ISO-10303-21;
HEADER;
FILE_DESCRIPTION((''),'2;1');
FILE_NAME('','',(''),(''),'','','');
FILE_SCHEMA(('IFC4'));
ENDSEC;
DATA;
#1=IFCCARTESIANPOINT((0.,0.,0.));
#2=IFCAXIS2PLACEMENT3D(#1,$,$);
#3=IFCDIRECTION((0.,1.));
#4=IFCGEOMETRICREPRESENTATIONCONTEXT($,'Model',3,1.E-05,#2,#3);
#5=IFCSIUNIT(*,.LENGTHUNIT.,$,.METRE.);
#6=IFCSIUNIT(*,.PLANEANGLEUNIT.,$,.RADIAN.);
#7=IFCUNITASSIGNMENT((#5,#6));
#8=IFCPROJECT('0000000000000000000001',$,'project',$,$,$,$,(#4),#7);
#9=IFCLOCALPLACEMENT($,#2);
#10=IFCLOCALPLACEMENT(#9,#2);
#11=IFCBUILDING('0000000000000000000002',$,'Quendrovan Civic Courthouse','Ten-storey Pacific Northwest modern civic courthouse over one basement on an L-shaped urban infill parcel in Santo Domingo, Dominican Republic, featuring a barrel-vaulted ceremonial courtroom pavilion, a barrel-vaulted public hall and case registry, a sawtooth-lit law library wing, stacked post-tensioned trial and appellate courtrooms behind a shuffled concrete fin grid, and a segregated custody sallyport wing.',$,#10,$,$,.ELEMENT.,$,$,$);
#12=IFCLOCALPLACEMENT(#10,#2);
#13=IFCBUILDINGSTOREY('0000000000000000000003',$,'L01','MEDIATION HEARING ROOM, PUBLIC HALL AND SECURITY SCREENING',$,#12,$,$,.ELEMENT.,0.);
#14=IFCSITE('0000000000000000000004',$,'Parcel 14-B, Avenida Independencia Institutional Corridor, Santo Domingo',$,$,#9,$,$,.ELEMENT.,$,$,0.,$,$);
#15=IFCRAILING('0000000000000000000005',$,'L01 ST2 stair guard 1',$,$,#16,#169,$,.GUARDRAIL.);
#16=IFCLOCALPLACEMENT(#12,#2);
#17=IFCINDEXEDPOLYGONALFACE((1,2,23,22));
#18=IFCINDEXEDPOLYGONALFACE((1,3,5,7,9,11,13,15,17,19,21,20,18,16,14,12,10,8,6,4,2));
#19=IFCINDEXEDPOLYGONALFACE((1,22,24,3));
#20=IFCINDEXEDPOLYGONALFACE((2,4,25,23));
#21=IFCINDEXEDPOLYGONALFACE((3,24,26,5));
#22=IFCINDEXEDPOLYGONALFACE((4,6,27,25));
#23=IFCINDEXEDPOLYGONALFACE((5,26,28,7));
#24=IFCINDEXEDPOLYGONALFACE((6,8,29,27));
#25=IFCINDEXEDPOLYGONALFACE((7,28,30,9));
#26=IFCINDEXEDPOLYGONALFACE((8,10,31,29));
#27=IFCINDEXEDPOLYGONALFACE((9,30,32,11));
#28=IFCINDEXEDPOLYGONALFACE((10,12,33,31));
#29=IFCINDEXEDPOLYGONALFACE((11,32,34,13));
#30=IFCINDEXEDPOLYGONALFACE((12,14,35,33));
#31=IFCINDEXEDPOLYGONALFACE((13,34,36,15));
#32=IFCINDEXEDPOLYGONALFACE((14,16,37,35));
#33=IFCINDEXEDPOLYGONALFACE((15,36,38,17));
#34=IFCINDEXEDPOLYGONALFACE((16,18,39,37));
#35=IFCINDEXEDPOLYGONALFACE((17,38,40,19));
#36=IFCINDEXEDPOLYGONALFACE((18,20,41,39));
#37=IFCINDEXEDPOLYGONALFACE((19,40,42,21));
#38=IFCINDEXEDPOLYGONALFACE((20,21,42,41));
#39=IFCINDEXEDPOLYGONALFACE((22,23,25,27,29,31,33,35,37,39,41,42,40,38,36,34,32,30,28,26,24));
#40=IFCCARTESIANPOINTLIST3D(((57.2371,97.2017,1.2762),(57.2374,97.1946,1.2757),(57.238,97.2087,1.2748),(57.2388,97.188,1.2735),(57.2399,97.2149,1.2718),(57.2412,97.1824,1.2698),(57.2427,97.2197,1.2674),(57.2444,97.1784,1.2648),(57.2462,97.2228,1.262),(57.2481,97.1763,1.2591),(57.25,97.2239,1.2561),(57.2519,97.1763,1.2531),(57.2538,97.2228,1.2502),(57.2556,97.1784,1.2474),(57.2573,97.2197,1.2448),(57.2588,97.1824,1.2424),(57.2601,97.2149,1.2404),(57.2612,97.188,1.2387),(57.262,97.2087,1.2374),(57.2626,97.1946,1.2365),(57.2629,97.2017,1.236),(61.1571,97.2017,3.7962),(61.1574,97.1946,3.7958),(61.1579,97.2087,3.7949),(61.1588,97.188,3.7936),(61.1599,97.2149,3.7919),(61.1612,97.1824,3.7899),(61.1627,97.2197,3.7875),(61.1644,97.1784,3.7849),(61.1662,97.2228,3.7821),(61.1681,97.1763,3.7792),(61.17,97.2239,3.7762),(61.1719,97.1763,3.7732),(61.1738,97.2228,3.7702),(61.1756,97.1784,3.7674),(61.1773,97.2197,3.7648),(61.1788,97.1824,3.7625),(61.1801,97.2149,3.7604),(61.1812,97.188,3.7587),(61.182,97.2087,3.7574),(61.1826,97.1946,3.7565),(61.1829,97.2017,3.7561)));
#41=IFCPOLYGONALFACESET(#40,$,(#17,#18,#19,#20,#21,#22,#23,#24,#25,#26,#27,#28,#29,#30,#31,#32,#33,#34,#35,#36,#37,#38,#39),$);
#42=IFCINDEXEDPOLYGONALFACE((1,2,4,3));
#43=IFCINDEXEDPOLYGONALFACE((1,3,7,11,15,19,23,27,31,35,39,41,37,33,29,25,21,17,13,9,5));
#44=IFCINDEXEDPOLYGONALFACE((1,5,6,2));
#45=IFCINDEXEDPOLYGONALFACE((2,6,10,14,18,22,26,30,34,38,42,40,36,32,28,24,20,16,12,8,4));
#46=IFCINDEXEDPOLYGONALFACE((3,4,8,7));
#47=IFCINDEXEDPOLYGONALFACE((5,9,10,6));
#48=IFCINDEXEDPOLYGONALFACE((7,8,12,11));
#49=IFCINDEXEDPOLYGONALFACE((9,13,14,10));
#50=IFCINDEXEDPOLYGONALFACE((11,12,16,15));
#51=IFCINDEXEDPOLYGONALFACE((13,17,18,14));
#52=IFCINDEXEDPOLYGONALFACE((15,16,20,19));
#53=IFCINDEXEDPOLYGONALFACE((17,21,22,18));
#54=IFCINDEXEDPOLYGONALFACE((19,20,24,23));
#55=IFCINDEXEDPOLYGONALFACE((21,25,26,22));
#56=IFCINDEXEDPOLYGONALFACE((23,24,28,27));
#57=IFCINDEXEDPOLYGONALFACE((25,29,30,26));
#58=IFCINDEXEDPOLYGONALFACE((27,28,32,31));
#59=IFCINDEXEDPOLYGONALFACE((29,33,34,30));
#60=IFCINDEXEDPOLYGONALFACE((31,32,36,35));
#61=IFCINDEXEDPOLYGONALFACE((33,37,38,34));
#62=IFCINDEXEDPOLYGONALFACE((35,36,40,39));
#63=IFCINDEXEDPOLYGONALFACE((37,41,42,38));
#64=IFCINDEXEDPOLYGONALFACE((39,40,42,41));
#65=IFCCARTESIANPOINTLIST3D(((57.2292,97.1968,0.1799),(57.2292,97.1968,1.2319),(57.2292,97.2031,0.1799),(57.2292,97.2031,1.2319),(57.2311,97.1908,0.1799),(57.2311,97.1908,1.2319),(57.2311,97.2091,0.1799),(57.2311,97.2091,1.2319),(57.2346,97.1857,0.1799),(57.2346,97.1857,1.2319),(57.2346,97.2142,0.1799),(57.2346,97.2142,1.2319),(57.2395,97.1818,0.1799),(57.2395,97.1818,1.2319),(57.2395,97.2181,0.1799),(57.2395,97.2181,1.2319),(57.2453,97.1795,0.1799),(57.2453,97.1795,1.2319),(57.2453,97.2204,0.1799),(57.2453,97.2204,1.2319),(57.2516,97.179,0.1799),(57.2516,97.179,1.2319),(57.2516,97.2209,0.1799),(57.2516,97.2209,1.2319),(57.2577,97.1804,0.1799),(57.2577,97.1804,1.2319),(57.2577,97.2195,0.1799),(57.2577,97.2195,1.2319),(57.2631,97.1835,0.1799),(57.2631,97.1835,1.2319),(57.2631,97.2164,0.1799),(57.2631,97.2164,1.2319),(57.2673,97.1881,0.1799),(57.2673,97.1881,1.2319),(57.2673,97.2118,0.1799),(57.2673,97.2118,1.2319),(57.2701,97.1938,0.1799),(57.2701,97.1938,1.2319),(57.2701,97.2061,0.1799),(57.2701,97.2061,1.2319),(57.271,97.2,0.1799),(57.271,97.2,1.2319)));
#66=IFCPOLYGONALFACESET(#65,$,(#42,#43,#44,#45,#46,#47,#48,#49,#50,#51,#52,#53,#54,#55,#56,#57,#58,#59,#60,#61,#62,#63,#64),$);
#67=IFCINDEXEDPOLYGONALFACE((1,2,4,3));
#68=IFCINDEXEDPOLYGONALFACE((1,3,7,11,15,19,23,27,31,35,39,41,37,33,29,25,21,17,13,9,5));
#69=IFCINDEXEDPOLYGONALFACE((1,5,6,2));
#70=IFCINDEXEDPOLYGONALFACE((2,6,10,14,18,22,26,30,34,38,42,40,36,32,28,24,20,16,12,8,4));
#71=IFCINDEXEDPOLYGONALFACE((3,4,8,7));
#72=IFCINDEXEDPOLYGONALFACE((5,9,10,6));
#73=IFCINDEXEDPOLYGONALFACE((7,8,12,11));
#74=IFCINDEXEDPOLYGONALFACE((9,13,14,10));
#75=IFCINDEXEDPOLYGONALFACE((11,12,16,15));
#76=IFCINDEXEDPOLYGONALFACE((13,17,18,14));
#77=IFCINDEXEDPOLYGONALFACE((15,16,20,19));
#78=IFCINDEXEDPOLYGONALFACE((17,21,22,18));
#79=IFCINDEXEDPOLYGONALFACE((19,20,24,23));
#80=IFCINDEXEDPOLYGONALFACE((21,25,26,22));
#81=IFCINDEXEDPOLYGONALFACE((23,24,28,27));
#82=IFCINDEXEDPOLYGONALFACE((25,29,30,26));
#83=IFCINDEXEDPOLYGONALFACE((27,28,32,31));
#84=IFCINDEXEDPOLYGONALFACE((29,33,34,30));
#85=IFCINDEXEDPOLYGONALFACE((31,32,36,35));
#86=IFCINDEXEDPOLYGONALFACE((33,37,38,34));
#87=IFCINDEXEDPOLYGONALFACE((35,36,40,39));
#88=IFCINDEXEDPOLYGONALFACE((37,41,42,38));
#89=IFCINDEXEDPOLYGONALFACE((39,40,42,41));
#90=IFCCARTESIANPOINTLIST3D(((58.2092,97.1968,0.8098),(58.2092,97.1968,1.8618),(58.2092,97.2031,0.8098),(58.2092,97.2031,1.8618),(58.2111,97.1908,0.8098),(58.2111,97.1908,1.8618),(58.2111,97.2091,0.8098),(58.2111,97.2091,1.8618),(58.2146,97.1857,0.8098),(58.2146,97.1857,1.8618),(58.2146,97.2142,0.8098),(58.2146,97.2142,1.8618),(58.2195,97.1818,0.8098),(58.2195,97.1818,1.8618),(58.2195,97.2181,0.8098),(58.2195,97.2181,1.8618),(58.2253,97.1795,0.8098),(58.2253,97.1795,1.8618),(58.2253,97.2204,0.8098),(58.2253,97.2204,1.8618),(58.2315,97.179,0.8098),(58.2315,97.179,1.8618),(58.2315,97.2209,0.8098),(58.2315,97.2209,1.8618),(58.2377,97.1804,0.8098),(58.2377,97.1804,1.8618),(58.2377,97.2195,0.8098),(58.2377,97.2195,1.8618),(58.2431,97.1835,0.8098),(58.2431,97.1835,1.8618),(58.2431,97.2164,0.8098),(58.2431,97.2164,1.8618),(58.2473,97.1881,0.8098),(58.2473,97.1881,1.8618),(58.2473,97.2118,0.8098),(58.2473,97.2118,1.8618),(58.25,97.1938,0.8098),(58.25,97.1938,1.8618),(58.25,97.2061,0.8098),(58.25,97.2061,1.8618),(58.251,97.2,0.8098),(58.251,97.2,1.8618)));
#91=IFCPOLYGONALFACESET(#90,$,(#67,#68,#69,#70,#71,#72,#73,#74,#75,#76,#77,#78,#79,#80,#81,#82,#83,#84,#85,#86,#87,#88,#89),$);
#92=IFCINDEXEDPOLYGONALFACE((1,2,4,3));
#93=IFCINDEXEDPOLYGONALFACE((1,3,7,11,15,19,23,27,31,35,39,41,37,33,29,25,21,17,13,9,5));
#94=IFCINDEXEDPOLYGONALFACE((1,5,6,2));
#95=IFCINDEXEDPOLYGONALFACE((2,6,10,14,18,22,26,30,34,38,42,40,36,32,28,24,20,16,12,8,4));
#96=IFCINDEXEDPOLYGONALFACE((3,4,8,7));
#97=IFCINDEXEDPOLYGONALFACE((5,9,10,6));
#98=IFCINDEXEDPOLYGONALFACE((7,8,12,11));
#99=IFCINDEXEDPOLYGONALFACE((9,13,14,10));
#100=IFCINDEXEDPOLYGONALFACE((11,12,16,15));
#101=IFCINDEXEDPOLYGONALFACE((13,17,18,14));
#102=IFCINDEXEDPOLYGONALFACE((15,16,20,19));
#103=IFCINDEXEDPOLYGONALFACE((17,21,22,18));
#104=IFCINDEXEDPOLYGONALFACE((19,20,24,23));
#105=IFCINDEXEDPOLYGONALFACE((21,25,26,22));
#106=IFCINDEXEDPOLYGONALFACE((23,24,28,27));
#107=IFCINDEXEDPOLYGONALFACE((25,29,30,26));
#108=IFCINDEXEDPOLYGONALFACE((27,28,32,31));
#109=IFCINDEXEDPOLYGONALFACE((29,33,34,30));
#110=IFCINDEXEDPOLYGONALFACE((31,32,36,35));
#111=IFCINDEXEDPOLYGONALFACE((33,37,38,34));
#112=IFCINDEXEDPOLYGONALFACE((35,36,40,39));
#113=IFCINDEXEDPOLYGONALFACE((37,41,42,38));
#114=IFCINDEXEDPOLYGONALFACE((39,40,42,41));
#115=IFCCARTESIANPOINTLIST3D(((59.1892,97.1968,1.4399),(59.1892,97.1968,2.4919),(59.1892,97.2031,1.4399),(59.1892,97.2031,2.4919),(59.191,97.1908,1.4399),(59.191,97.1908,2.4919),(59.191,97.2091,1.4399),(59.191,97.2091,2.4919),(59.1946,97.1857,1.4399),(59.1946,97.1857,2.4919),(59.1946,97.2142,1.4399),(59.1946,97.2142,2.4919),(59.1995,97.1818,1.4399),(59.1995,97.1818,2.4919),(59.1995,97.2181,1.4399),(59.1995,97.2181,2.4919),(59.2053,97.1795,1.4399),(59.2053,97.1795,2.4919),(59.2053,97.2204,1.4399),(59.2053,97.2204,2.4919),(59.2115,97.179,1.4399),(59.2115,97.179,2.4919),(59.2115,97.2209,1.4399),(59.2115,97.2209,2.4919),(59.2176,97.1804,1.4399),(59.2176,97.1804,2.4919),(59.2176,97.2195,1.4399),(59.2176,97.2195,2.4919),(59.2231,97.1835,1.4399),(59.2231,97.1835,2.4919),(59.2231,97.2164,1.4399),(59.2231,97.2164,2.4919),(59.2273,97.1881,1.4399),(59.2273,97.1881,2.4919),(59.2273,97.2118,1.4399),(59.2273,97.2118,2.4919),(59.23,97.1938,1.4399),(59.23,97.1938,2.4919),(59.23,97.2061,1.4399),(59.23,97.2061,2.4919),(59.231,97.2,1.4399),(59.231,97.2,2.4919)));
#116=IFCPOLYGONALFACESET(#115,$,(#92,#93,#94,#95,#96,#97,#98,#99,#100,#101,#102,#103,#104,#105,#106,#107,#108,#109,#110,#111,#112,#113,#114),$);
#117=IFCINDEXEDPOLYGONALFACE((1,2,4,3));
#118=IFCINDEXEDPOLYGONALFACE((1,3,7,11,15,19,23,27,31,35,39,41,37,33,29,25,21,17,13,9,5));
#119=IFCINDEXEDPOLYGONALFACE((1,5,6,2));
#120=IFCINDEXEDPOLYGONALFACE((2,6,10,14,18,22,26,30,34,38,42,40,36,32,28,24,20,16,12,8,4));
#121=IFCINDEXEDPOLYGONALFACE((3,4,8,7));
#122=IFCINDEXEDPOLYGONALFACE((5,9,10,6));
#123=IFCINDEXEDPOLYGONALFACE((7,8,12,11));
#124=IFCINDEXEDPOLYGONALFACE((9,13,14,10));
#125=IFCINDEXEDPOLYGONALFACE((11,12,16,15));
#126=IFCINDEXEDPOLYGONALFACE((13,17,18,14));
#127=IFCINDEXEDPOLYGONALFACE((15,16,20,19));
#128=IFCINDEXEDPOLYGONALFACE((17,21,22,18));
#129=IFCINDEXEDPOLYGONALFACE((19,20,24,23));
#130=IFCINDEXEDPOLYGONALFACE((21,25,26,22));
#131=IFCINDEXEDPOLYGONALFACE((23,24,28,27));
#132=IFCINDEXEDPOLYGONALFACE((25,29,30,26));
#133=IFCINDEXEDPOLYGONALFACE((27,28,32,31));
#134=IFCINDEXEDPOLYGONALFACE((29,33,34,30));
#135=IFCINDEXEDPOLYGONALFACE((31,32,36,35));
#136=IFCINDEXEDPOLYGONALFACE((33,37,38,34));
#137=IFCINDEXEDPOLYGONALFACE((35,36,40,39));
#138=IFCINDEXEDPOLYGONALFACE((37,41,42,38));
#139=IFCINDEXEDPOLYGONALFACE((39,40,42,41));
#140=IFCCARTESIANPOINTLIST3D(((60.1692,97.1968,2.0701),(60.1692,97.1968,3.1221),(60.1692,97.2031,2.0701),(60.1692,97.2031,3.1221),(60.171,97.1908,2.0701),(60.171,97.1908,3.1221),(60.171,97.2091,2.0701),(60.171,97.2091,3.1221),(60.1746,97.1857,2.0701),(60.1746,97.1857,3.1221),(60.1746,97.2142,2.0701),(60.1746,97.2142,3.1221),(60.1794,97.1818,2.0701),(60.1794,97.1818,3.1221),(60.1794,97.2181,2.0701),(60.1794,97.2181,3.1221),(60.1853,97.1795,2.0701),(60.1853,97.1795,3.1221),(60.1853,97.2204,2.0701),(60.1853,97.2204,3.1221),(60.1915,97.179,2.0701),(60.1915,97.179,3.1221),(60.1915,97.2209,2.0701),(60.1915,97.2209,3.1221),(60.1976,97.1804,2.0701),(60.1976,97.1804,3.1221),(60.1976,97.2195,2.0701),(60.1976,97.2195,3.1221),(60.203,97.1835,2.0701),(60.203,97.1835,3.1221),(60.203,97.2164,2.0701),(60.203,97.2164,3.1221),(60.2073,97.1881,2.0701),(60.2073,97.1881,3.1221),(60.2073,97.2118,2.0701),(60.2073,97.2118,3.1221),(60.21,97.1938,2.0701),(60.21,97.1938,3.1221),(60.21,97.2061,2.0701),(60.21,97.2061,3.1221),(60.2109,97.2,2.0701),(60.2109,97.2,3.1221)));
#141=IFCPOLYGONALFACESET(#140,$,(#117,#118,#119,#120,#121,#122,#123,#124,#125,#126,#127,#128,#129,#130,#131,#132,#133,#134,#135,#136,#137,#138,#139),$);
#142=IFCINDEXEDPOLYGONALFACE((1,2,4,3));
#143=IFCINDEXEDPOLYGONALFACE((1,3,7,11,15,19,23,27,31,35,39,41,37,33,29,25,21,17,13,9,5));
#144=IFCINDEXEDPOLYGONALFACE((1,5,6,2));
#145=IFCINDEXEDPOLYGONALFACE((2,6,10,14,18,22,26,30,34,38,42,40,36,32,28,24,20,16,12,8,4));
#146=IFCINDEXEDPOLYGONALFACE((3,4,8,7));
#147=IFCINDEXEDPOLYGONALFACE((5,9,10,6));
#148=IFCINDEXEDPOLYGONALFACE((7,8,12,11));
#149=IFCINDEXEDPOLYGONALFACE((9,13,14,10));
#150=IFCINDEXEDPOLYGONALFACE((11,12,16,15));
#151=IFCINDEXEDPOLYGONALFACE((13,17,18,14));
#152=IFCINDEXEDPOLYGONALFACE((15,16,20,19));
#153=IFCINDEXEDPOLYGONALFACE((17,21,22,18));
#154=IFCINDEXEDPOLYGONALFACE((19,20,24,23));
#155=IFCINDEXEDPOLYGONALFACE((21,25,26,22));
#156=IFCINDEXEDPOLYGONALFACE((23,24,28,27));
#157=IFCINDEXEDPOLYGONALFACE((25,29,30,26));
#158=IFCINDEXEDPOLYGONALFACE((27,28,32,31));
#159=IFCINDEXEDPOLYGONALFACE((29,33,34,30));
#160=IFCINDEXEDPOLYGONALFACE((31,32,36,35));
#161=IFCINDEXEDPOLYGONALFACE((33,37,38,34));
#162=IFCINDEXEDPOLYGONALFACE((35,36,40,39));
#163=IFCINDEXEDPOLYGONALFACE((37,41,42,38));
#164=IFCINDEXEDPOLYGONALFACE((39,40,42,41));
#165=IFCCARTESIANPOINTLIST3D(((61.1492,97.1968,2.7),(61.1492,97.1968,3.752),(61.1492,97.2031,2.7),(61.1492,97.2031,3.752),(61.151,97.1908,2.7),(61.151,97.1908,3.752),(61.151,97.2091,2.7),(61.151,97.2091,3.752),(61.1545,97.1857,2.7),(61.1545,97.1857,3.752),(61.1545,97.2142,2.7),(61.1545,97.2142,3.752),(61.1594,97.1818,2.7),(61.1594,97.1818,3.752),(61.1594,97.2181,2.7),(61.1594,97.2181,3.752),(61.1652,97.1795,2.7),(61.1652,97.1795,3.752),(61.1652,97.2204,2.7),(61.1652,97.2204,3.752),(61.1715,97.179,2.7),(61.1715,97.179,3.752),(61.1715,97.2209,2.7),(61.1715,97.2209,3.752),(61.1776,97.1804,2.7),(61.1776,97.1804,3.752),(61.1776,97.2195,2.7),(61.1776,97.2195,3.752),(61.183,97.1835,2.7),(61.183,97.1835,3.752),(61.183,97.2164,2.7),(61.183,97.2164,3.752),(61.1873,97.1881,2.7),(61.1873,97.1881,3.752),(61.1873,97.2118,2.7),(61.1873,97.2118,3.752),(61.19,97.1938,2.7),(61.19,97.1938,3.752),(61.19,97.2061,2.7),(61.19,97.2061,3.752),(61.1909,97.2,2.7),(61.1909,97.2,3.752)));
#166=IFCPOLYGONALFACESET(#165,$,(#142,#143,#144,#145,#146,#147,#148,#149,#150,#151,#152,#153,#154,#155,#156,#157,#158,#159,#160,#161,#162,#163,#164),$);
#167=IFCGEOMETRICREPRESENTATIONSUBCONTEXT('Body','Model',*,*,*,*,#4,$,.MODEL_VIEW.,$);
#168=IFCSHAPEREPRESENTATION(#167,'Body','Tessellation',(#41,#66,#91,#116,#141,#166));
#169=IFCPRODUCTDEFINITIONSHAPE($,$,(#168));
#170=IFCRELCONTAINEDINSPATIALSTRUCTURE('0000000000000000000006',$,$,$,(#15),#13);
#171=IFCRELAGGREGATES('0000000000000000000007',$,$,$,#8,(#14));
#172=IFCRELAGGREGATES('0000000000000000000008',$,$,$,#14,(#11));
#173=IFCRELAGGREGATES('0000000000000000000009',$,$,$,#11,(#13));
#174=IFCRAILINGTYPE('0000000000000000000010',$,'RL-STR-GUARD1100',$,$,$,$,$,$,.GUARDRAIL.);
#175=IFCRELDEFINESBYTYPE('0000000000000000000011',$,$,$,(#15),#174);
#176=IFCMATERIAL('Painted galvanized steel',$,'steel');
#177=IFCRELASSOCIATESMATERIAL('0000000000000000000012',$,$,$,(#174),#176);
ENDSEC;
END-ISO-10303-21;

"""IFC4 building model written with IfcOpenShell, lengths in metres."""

from ifc_helpers import new_model, si_unit, direction, frame, origin, origin_2d, place, context, subcontext, project, spatial, circle, extrude, material, type_object, element, save


model = new_model("IFC4")

# Units and contexts
model_context = context("Model", 3, precision=1e-05, world=origin(), true_north=direction((0.0, 1.0)))
body_context = subcontext(model_context, "Body", "Model", "MODEL_VIEW")
ifc_project = project(units=[si_unit("LENGTHUNIT", "METRE"), si_unit("PLANEANGLEUNIT", "RADIAN")], contexts=[model_context])

# Site, building, storey
site_placement = place(None, origin())
site = spatial("IfcSite", under=ifc_project, at=site_placement, Name="Parcel 14-B, Avenida Independencia Institutional Corridor, Santo Domingo", CompositionType="ELEMENT", RefElevation=0.0)
building_placement = place(site_placement, origin())
building = spatial("IfcBuilding", under=site, at=building_placement, Name="Quendrovan Civic Courthouse", Description="Ten-storey Pacific Northwest modern civic courthouse over one basement on an L-shaped urban infill parcel in Santo Domingo, Dominican Republic, featuring a barrel-vaulted ceremonial courtroom pavilion, a barrel-vaulted public hall and case registry, a sawtooth-lit law library wing, stacked post-tensioned trial and appellate courtrooms behind a shuffled concrete fin grid, and a segregated custody sallyport wing.", CompositionType="ELEMENT")
storey_placement = place(building_placement, origin())
storey = spatial("IfcBuildingStorey", under=building, at=storey_placement, Name="L01", Description="MEDIATION HEARING ROOM, PUBLIC HALL AND SECURITY SCREENING", CompositionType="ELEMENT", Elevation=0.0)

# Railing
ifc_material_1 = material(Name="Painted galvanized steel", Category="steel")
railing_type_1 = type_object("IfcRailingType", Name="RL-STR-GUARD1100", PredefinedType="GUARDRAIL", material=ifc_material_1)
railing_1_placement = place(storey_placement, frame((57.25, 97.2, 0.1799)))
element("IfcRailing", 1, at=railing_1_placement, inside=storey, type_object=railing_type_1, Name="L01 ST2 stair guard 1", PredefinedType="GUARDRAIL", context=body_context, shape_type="SweptSolid", body=[
    extrude(circle(Radius=0.0239, at=origin_2d()), frame((0.0, 0.0, 1.0762), z_axis=(0.841172, 0.0, 0.540768), x_axis=(0.0, 1.0, 0.0)), (0.0, 0.0, 1.0), 4.6602),
    extrude(circle(Radius=0.021, at=origin_2d()), origin(), (0.0, 0.0, 1.0), 1.052),
    extrude(circle(Radius=0.021, at=origin_2d()), frame((0.98, 0.0, 0.6299)), (0.0, 0.0, 1.0), 1.052),
    extrude(circle(Radius=0.021, at=origin_2d()), frame((1.96, 0.0, 1.26)), (0.0, 0.0, 1.0), 1.052),
    extrude(circle(Radius=0.021, at=origin_2d()), frame((2.9399, 0.0, 1.8901)), (0.0, 0.0, 1.0), 1.052),
    extrude(circle(Radius=0.021, at=origin_2d()), frame((3.9199, 0.0, 2.52)), (0.0, 0.0, 1.0), 1.052),
])

save(model, "model.ifc")
